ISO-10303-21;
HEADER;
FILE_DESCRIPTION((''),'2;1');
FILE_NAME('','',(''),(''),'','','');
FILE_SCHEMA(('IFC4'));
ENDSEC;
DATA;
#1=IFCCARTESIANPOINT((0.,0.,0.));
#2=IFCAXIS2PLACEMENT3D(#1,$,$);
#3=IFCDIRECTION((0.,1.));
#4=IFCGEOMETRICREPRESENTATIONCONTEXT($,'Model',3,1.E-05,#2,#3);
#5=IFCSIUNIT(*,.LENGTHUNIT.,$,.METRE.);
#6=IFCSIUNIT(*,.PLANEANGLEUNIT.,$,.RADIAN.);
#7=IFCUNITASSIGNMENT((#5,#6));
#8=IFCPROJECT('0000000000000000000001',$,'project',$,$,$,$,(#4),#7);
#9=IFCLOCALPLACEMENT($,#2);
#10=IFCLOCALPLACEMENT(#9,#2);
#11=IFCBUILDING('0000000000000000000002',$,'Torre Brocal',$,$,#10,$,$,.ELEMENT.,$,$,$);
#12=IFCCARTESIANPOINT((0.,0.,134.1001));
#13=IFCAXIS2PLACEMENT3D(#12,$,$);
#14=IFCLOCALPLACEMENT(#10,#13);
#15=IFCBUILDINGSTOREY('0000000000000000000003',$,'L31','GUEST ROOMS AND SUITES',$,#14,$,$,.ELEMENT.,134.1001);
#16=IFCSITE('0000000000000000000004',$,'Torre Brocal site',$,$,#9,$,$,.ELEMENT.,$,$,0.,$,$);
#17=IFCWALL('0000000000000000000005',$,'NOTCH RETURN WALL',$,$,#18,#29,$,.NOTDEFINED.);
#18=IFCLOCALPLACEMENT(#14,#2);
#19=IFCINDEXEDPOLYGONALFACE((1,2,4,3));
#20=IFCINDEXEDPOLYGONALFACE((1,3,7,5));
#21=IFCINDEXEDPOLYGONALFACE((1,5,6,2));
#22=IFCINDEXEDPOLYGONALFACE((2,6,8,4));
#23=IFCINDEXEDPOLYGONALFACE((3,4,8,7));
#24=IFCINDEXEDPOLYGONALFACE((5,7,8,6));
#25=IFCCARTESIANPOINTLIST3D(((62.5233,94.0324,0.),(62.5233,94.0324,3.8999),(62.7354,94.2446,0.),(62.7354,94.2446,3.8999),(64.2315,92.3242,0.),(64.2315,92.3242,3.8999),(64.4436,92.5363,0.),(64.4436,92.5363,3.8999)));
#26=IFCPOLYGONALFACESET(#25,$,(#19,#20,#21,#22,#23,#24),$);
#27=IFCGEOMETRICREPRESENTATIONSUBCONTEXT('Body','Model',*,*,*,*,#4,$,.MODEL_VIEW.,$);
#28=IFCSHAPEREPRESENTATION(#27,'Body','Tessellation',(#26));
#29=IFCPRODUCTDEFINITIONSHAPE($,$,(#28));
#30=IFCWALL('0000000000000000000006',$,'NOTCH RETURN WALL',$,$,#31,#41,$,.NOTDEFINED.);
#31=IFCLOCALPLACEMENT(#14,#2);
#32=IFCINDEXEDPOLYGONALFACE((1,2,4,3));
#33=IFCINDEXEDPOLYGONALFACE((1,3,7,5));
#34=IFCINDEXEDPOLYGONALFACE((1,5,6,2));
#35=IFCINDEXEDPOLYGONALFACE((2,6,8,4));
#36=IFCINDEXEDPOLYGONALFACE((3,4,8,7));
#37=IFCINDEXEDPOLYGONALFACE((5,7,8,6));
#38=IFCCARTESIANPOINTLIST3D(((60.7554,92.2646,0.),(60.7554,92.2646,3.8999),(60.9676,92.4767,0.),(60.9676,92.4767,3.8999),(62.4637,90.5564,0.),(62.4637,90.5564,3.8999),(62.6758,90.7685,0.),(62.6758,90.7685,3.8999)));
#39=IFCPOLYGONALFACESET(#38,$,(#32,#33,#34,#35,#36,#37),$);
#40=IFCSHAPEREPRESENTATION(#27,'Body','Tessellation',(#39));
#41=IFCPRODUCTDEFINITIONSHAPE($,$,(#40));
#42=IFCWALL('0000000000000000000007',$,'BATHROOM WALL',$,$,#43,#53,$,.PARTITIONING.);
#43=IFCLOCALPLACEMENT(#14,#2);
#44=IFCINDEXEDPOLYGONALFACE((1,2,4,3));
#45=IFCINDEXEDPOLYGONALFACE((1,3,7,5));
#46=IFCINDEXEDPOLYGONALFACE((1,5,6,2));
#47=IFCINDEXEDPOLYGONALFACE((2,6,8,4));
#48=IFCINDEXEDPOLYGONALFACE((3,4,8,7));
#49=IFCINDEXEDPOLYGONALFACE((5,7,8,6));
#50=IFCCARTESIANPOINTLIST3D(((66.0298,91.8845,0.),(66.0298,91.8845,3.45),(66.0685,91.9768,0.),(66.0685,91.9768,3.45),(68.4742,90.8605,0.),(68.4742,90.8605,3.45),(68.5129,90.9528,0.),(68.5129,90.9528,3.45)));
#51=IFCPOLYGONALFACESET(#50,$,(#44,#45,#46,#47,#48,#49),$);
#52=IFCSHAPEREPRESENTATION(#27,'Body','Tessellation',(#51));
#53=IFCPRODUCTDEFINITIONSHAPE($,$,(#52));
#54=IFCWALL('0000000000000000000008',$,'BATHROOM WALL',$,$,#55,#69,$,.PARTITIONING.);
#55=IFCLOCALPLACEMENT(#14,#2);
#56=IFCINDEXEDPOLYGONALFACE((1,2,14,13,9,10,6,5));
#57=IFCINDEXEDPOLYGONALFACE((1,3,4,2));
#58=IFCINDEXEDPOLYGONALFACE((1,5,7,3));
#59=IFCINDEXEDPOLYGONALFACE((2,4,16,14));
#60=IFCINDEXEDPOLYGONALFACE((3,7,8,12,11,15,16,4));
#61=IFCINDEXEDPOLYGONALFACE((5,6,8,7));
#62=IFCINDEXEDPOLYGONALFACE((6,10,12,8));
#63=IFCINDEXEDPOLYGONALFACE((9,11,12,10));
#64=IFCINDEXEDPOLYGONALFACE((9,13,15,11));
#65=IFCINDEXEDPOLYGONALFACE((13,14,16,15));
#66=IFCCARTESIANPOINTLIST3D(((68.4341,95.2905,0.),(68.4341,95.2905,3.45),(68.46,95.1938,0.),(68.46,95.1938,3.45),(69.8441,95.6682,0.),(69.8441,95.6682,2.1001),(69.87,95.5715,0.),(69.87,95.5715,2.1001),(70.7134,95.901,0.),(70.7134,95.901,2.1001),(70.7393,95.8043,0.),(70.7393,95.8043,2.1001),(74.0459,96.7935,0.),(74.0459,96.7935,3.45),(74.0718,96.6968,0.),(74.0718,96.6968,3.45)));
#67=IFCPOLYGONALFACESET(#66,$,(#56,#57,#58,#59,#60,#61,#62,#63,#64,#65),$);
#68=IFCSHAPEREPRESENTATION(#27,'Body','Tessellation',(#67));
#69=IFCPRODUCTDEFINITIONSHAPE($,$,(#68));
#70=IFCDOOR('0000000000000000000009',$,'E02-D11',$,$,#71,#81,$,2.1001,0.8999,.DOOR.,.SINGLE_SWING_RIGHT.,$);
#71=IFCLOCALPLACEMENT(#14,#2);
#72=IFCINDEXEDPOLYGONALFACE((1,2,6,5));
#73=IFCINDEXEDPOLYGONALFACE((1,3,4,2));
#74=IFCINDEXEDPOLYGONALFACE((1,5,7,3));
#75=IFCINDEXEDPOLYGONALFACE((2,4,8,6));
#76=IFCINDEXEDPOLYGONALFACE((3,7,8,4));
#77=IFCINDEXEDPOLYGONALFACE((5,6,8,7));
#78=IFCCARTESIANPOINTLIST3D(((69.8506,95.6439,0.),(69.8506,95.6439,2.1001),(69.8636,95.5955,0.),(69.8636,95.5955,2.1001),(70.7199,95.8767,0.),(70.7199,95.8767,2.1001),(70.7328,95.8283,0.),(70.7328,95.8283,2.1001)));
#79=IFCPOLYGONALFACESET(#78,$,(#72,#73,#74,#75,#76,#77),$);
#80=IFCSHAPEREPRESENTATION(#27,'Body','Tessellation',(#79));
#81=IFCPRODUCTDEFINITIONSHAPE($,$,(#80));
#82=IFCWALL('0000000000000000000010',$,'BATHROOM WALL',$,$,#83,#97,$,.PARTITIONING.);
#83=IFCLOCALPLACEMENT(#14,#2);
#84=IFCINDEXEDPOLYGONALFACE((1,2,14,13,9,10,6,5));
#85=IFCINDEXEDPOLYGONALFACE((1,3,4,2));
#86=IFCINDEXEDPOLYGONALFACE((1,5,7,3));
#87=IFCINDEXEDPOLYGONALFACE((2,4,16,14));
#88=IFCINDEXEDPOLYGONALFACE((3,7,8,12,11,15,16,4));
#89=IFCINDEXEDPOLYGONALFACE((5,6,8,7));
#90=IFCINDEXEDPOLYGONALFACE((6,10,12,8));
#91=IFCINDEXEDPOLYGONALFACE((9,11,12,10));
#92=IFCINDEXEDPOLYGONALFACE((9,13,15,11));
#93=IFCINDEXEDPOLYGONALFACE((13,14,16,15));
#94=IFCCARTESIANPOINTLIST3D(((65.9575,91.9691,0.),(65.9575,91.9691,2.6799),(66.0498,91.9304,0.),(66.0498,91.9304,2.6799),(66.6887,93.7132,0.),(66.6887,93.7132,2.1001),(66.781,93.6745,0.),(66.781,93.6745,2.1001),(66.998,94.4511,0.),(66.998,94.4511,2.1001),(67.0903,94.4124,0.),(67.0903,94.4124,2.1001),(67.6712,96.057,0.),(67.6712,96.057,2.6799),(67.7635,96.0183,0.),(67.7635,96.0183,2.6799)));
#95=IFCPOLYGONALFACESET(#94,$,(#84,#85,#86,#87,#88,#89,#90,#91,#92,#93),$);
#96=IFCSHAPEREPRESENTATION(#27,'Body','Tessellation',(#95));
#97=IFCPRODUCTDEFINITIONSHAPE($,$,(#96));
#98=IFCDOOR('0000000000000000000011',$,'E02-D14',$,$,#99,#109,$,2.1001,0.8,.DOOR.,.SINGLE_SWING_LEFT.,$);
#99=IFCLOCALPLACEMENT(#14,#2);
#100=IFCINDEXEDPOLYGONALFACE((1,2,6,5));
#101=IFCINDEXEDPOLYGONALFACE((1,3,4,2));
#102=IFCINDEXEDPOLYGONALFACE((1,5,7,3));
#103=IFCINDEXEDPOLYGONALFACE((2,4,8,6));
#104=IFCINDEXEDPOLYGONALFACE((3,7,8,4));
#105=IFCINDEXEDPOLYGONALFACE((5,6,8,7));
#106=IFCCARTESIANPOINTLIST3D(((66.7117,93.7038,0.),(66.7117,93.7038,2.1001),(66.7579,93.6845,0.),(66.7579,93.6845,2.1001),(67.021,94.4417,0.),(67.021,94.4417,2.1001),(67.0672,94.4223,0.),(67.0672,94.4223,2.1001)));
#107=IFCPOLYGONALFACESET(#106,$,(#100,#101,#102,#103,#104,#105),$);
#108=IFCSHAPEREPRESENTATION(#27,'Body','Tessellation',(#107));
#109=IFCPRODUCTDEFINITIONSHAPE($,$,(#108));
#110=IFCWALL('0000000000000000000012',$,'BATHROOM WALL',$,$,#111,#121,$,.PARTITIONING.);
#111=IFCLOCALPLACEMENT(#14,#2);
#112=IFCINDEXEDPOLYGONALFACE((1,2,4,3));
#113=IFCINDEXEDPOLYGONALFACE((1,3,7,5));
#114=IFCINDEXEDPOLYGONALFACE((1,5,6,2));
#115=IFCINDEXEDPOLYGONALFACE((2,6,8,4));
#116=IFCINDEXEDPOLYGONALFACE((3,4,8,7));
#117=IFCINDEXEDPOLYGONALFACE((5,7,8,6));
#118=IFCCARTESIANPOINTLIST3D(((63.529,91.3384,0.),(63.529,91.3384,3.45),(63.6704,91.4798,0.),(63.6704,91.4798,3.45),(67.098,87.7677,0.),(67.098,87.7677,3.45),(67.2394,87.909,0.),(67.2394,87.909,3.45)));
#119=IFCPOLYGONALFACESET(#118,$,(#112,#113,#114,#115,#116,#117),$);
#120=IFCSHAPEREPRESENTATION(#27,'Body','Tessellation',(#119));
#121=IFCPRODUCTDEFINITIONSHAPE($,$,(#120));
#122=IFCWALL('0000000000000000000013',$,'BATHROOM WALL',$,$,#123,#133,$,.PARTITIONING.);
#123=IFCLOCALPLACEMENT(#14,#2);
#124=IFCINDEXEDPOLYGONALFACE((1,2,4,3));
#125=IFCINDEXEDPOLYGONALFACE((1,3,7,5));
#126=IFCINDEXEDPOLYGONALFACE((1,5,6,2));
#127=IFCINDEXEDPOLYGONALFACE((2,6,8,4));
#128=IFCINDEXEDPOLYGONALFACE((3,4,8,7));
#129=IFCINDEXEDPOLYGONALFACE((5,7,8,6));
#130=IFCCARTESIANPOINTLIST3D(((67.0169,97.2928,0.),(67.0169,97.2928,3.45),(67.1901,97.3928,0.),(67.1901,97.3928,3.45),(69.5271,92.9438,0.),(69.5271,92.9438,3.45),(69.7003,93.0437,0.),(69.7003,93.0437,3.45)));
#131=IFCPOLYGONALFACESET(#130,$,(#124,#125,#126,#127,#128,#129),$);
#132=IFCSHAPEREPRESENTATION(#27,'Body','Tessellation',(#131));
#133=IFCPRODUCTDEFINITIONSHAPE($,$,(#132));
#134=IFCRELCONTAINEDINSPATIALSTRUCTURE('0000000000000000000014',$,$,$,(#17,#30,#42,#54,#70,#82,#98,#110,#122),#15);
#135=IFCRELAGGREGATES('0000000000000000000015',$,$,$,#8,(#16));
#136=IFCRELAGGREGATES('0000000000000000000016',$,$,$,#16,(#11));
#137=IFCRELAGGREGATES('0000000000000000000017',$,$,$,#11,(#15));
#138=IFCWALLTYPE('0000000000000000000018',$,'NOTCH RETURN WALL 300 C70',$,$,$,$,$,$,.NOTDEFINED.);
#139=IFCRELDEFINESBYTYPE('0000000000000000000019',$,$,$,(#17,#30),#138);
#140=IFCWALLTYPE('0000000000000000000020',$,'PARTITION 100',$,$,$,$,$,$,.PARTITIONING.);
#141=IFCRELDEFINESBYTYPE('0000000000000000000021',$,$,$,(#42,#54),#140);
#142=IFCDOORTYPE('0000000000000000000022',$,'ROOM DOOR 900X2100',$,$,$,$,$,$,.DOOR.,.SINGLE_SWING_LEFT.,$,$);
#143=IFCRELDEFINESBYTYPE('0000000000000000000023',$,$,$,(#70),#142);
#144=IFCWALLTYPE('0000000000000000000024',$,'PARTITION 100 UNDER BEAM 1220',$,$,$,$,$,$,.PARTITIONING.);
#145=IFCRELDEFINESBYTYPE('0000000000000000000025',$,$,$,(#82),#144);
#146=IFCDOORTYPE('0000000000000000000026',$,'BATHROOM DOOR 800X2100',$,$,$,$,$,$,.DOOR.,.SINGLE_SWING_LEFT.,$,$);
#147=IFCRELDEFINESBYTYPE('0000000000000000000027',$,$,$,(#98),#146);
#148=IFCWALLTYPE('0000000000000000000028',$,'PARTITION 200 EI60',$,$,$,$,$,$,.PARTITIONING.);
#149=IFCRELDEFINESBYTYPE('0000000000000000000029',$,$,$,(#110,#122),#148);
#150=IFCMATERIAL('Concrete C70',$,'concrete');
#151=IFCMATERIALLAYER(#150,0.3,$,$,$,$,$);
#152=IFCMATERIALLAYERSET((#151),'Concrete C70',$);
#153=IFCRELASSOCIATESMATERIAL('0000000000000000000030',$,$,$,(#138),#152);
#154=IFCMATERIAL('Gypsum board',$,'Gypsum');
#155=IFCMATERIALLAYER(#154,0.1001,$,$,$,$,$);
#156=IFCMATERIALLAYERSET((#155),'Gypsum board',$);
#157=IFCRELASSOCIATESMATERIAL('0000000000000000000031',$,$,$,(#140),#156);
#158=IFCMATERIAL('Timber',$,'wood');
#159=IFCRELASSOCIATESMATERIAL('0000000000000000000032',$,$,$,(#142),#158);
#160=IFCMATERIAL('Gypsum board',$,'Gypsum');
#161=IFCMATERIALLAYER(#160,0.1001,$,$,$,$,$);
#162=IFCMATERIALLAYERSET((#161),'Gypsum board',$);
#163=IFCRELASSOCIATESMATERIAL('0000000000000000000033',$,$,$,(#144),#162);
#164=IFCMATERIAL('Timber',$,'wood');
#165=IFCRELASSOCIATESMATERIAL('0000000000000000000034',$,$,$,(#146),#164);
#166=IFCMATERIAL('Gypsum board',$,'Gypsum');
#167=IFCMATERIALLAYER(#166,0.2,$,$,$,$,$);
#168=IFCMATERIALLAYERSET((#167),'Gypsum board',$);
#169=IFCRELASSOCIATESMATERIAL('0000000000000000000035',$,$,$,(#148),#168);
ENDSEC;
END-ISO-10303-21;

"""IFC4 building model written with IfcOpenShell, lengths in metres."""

from ifc_helpers import new_model, si_unit, direction, frame, frame_2d, origin, place, context, subcontext, project, spatial, rectangle, extrude, material, layer, layer_set, type_object, element, fill, save


model = new_model("IFC4")

# Units and contexts
model_context = context("Model", 3, precision=1e-05, world=origin(), true_north=direction((0.0, 1.0)))
body_context = subcontext(model_context, "Body", "Model", "MODEL_VIEW")
ifc_project = project(units=[si_unit("LENGTHUNIT", "METRE"), si_unit("PLANEANGLEUNIT", "RADIAN")], contexts=[model_context])

# Site, building, storey
site_placement = place(None, origin())
site = spatial("IfcSite", under=ifc_project, at=site_placement, Name="Torre Brocal site", CompositionType="ELEMENT", RefElevation=0.0)
building_placement = place(site_placement, origin())
building = spatial("IfcBuilding", under=site, at=building_placement, Name="Torre Brocal", CompositionType="ELEMENT")
storey_placement = place(building_placement, frame((0.0, 0.0, 134.1001)))
storey = spatial("IfcBuildingStorey", under=building, at=storey_placement, Name="L31", Description="GUEST ROOMS AND SUITES", CompositionType="ELEMENT", Elevation=134.1001)

# Walls
ifc_material_1 = material(Name="Concrete C70", Category="concrete")
ifc_layer_1 = layer(ifc_material_1, 0.3)
ifc_layer_set_1 = layer_set([ifc_layer_1], Name="Concrete C70")
wall_type_1 = type_object("IfcWallType", Name="NOTCH RETURN WALL 300 C70", PredefinedType="NOTDEFINED", material=ifc_layer_set_1)
for number, where, z_axis, x_axis, name in (
    (1, (64.3376, 92.4302, 0.0), (0.0, 0.0, 1.0), (-0.707107, 0.707107, 0.0), "NOTCH RETURN WALL"),
    (2, (62.5698, 90.6624, 0.0), (0.0, 0.0, 1.0), (-0.707107, 0.707107, 0.0), "NOTCH RETURN WALL"),
):
    element("IfcWall", number, at=place(storey_placement, frame(where, z_axis=z_axis, x_axis=x_axis)), inside=storey, type_object=wall_type_1, Name=name, PredefinedType="NOTDEFINED", context=body_context, shape_type="SweptSolid", body=[
        extrude(rectangle(XDim=2.4158, YDim=0.3, at=frame_2d((1.208, 0.0))), origin(), (0.0, 0.0, 1.0), 3.8999),
    ])
ifc_material_2 = material(Name="Gypsum board", Category="Gypsum")
ifc_layer_2 = layer(ifc_material_2, 0.1001)
ifc_layer_set_2 = layer_set([ifc_layer_2], Name="Gypsum board")
wall_type_2 = type_object("IfcWallType", Name="PARTITION 100", PredefinedType="PARTITIONING", material=ifc_layer_set_2)
wall_1_placement = place(storey_placement, frame((66.0491, 91.9307, 0.0), z_axis=(0.0, 0.0, 1.0), x_axis=(0.922345, -0.386368, 0.0)))
element("IfcWall", 3, at=wall_1_placement, inside=storey, type_object=wall_type_2, Name="BATHROOM WALL", PredefinedType="PARTITIONING", context=body_context, shape_type="SweptSolid", body=[
    extrude(rectangle(XDim=2.6501, YDim=0.1001, at=frame_2d((1.3252, 0.0))), origin(), (0.0, 0.0, 1.0), 3.45),
])

# Walls, openings, doors
wall_2_placement = place(storey_placement, frame((68.447, 95.2422, 0.0), z_axis=(0.0, 0.0, 1.0), x_axis=(0.965958, 0.258698, 0.0)))
wall_2 = element("IfcWall", 4, at=wall_2_placement, inside=storey, type_object=wall_type_2, Name="BATHROOM WALL", PredefinedType="PARTITIONING", context=body_context, shape_type="SweptSolid", body=[
    extrude(rectangle(XDim=5.8096, YDim=0.1001, at=frame_2d((2.9048, 0.0))), origin(), (0.0, 0.0, 1.0), 3.45),
])
opening_1_placement = place(wall_2_placement, frame((1.4597, 0.0, 0.0)))
opening_1 = element("IfcOpeningElement", 5, at=opening_1_placement, cuts=wall_2, PredefinedType="OPENING", context=body_context, shape_type="SweptSolid", body=[
    extrude(rectangle(XDim=0.8999, YDim=2.1001, at=frame_2d((0.45, 1.05))), frame((0.0, 0.0601, 0.0), z_axis=(0.0, -1.0, 0.0), x_axis=(1.0, 0.0, 0.0)), (0.0, 0.0, 1.0), 0.1201),
])
ifc_material_3 = material(Name="Timber", Category="wood")
door_type_1 = type_object("IfcDoorType", Name="ROOM DOOR 900X2100", OperationType="SINGLE_SWING_LEFT", PredefinedType="DOOR", material=ifc_material_3)
door_1_placement = place(opening_1_placement, origin())
door_1 = element("IfcDoor", 6, at=door_1_placement, inside=storey, type_object=door_type_1, Name="E02-D11", OperationType="SINGLE_SWING_RIGHT", OverallHeight=2.1001, OverallWidth=0.8999, PredefinedType="DOOR", context=body_context, shape_type="SweptSolid", body=[
    extrude(rectangle(XDim=0.8999, YDim=2.1001, at=frame_2d((0.45, 1.05))), frame((0.0, 0.0249, 0.0), z_axis=(0.0, -1.0, 0.0), x_axis=(1.0, 0.0, 0.0)), (0.0, 0.0, 1.0), 0.05),
])
fill(opening_1, door_1)
ifc_material_4 = material(Name="Gypsum board", Category="Gypsum")
ifc_layer_3 = layer(ifc_material_4, 0.1001)
ifc_layer_set_3 = layer_set([ifc_layer_3], Name="Gypsum board")
wall_type_3 = type_object("IfcWallType", Name="PARTITION 100 UNDER BEAM 1220", PredefinedType="PARTITIONING", material=ifc_layer_set_3)
wall_3_placement = place(storey_placement, frame((66.0037, 91.9497, 0.0), z_axis=(0.0, 0.0, 1.0), x_axis=(0.386601, 0.922247, 0.0)))
wall_3 = element("IfcWall", 7, at=wall_3_placement, inside=storey, type_object=wall_type_3, Name="BATHROOM WALL", PredefinedType="PARTITIONING", context=body_context, shape_type="SweptSolid", body=[
    extrude(rectangle(XDim=4.4326, YDim=0.1001, at=frame_2d((2.2163, 0.0))), origin(), (0.0, 0.0, 1.0), 2.6799),
])
opening_2_placement = place(wall_3_placement, frame((1.8914, 0.0, 0.0)))
opening_2 = element("IfcOpeningElement", 8, at=opening_2_placement, cuts=wall_3, PredefinedType="OPENING", context=body_context, shape_type="SweptSolid", body=[
    extrude(rectangle(XDim=0.8, YDim=2.1001, at=frame_2d((0.3999, 1.05))), frame((0.0, 0.0601, 0.0), z_axis=(0.0, -1.0, 0.0), x_axis=(1.0, 0.0, 0.0)), (0.0, 0.0, 1.0), 0.1201),
])
ifc_material_5 = material(Name="Timber", Category="wood")
door_type_2 = type_object("IfcDoorType", Name="BATHROOM DOOR 800X2100", OperationType="SINGLE_SWING_LEFT", PredefinedType="DOOR", material=ifc_material_5)
door_2_placement = place(opening_2_placement, frame((0.8, 0.0, 0.0), z_axis=(0.0, 0.0, 1.0), x_axis=(-1.0, 0.0, 0.0)))
door_2 = element("IfcDoor", 9, at=door_2_placement, inside=storey, type_object=door_type_2, Name="E02-D14", OperationType="SINGLE_SWING_LEFT", OverallHeight=2.1001, OverallWidth=0.8, PredefinedType="DOOR", context=body_context, shape_type="SweptSolid", body=[
    extrude(rectangle(XDim=0.8, YDim=2.1001, at=frame_2d((0.3999, 1.05))), frame((0.0, 0.0249, 0.0), z_axis=(0.0, -1.0, 0.0), x_axis=(1.0, 0.0, 0.0)), (0.0, 0.0, 1.0), 0.05),
])
fill(opening_2, door_2)

# Walls
ifc_material_6 = material(Name="Gypsum board", Category="Gypsum")
ifc_layer_4 = layer(ifc_material_6, 0.2)
ifc_layer_set_4 = layer_set([ifc_layer_4], Name="Gypsum board")
wall_type_4 = type_object("IfcWallType", Name="PARTITION 200 EI60", PredefinedType="PARTITIONING", material=ifc_layer_set_4)
wall_4_placement = place(storey_placement, frame((63.5996, 91.4092, 0.0), z_axis=(0.0, 0.0, 1.0), x_axis=(0.706938, -0.707276, 0.0)))
element("IfcWall", 10, at=wall_4_placement, inside=storey, type_object=wall_type_4, Name="BATHROOM WALL", PredefinedType="PARTITIONING", context=body_context, shape_type="SweptSolid", body=[
    extrude(rectangle(XDim=5.0486, YDim=0.2, at=frame_2d((2.5244, 0.0))), origin(), (0.0, 0.0, 1.0), 3.45),
])
wall_5_placement = place(storey_placement, frame((67.1035, 97.3428, 0.0), z_axis=(0.0, 0.0, 1.0), x_axis=(0.499894, -0.866087, 0.0)))
element("IfcWall", 11, at=wall_5_placement, inside=storey, type_object=wall_type_4, Name="BATHROOM WALL", PredefinedType="PARTITIONING", context=body_context, shape_type="SweptSolid", body=[
    extrude(rectangle(XDim=5.0215, YDim=0.2, at=frame_2d((2.5107, 0.0))), origin(), (0.0, 0.0, 1.0), 3.45),
])

save(model, "model.ifc")
